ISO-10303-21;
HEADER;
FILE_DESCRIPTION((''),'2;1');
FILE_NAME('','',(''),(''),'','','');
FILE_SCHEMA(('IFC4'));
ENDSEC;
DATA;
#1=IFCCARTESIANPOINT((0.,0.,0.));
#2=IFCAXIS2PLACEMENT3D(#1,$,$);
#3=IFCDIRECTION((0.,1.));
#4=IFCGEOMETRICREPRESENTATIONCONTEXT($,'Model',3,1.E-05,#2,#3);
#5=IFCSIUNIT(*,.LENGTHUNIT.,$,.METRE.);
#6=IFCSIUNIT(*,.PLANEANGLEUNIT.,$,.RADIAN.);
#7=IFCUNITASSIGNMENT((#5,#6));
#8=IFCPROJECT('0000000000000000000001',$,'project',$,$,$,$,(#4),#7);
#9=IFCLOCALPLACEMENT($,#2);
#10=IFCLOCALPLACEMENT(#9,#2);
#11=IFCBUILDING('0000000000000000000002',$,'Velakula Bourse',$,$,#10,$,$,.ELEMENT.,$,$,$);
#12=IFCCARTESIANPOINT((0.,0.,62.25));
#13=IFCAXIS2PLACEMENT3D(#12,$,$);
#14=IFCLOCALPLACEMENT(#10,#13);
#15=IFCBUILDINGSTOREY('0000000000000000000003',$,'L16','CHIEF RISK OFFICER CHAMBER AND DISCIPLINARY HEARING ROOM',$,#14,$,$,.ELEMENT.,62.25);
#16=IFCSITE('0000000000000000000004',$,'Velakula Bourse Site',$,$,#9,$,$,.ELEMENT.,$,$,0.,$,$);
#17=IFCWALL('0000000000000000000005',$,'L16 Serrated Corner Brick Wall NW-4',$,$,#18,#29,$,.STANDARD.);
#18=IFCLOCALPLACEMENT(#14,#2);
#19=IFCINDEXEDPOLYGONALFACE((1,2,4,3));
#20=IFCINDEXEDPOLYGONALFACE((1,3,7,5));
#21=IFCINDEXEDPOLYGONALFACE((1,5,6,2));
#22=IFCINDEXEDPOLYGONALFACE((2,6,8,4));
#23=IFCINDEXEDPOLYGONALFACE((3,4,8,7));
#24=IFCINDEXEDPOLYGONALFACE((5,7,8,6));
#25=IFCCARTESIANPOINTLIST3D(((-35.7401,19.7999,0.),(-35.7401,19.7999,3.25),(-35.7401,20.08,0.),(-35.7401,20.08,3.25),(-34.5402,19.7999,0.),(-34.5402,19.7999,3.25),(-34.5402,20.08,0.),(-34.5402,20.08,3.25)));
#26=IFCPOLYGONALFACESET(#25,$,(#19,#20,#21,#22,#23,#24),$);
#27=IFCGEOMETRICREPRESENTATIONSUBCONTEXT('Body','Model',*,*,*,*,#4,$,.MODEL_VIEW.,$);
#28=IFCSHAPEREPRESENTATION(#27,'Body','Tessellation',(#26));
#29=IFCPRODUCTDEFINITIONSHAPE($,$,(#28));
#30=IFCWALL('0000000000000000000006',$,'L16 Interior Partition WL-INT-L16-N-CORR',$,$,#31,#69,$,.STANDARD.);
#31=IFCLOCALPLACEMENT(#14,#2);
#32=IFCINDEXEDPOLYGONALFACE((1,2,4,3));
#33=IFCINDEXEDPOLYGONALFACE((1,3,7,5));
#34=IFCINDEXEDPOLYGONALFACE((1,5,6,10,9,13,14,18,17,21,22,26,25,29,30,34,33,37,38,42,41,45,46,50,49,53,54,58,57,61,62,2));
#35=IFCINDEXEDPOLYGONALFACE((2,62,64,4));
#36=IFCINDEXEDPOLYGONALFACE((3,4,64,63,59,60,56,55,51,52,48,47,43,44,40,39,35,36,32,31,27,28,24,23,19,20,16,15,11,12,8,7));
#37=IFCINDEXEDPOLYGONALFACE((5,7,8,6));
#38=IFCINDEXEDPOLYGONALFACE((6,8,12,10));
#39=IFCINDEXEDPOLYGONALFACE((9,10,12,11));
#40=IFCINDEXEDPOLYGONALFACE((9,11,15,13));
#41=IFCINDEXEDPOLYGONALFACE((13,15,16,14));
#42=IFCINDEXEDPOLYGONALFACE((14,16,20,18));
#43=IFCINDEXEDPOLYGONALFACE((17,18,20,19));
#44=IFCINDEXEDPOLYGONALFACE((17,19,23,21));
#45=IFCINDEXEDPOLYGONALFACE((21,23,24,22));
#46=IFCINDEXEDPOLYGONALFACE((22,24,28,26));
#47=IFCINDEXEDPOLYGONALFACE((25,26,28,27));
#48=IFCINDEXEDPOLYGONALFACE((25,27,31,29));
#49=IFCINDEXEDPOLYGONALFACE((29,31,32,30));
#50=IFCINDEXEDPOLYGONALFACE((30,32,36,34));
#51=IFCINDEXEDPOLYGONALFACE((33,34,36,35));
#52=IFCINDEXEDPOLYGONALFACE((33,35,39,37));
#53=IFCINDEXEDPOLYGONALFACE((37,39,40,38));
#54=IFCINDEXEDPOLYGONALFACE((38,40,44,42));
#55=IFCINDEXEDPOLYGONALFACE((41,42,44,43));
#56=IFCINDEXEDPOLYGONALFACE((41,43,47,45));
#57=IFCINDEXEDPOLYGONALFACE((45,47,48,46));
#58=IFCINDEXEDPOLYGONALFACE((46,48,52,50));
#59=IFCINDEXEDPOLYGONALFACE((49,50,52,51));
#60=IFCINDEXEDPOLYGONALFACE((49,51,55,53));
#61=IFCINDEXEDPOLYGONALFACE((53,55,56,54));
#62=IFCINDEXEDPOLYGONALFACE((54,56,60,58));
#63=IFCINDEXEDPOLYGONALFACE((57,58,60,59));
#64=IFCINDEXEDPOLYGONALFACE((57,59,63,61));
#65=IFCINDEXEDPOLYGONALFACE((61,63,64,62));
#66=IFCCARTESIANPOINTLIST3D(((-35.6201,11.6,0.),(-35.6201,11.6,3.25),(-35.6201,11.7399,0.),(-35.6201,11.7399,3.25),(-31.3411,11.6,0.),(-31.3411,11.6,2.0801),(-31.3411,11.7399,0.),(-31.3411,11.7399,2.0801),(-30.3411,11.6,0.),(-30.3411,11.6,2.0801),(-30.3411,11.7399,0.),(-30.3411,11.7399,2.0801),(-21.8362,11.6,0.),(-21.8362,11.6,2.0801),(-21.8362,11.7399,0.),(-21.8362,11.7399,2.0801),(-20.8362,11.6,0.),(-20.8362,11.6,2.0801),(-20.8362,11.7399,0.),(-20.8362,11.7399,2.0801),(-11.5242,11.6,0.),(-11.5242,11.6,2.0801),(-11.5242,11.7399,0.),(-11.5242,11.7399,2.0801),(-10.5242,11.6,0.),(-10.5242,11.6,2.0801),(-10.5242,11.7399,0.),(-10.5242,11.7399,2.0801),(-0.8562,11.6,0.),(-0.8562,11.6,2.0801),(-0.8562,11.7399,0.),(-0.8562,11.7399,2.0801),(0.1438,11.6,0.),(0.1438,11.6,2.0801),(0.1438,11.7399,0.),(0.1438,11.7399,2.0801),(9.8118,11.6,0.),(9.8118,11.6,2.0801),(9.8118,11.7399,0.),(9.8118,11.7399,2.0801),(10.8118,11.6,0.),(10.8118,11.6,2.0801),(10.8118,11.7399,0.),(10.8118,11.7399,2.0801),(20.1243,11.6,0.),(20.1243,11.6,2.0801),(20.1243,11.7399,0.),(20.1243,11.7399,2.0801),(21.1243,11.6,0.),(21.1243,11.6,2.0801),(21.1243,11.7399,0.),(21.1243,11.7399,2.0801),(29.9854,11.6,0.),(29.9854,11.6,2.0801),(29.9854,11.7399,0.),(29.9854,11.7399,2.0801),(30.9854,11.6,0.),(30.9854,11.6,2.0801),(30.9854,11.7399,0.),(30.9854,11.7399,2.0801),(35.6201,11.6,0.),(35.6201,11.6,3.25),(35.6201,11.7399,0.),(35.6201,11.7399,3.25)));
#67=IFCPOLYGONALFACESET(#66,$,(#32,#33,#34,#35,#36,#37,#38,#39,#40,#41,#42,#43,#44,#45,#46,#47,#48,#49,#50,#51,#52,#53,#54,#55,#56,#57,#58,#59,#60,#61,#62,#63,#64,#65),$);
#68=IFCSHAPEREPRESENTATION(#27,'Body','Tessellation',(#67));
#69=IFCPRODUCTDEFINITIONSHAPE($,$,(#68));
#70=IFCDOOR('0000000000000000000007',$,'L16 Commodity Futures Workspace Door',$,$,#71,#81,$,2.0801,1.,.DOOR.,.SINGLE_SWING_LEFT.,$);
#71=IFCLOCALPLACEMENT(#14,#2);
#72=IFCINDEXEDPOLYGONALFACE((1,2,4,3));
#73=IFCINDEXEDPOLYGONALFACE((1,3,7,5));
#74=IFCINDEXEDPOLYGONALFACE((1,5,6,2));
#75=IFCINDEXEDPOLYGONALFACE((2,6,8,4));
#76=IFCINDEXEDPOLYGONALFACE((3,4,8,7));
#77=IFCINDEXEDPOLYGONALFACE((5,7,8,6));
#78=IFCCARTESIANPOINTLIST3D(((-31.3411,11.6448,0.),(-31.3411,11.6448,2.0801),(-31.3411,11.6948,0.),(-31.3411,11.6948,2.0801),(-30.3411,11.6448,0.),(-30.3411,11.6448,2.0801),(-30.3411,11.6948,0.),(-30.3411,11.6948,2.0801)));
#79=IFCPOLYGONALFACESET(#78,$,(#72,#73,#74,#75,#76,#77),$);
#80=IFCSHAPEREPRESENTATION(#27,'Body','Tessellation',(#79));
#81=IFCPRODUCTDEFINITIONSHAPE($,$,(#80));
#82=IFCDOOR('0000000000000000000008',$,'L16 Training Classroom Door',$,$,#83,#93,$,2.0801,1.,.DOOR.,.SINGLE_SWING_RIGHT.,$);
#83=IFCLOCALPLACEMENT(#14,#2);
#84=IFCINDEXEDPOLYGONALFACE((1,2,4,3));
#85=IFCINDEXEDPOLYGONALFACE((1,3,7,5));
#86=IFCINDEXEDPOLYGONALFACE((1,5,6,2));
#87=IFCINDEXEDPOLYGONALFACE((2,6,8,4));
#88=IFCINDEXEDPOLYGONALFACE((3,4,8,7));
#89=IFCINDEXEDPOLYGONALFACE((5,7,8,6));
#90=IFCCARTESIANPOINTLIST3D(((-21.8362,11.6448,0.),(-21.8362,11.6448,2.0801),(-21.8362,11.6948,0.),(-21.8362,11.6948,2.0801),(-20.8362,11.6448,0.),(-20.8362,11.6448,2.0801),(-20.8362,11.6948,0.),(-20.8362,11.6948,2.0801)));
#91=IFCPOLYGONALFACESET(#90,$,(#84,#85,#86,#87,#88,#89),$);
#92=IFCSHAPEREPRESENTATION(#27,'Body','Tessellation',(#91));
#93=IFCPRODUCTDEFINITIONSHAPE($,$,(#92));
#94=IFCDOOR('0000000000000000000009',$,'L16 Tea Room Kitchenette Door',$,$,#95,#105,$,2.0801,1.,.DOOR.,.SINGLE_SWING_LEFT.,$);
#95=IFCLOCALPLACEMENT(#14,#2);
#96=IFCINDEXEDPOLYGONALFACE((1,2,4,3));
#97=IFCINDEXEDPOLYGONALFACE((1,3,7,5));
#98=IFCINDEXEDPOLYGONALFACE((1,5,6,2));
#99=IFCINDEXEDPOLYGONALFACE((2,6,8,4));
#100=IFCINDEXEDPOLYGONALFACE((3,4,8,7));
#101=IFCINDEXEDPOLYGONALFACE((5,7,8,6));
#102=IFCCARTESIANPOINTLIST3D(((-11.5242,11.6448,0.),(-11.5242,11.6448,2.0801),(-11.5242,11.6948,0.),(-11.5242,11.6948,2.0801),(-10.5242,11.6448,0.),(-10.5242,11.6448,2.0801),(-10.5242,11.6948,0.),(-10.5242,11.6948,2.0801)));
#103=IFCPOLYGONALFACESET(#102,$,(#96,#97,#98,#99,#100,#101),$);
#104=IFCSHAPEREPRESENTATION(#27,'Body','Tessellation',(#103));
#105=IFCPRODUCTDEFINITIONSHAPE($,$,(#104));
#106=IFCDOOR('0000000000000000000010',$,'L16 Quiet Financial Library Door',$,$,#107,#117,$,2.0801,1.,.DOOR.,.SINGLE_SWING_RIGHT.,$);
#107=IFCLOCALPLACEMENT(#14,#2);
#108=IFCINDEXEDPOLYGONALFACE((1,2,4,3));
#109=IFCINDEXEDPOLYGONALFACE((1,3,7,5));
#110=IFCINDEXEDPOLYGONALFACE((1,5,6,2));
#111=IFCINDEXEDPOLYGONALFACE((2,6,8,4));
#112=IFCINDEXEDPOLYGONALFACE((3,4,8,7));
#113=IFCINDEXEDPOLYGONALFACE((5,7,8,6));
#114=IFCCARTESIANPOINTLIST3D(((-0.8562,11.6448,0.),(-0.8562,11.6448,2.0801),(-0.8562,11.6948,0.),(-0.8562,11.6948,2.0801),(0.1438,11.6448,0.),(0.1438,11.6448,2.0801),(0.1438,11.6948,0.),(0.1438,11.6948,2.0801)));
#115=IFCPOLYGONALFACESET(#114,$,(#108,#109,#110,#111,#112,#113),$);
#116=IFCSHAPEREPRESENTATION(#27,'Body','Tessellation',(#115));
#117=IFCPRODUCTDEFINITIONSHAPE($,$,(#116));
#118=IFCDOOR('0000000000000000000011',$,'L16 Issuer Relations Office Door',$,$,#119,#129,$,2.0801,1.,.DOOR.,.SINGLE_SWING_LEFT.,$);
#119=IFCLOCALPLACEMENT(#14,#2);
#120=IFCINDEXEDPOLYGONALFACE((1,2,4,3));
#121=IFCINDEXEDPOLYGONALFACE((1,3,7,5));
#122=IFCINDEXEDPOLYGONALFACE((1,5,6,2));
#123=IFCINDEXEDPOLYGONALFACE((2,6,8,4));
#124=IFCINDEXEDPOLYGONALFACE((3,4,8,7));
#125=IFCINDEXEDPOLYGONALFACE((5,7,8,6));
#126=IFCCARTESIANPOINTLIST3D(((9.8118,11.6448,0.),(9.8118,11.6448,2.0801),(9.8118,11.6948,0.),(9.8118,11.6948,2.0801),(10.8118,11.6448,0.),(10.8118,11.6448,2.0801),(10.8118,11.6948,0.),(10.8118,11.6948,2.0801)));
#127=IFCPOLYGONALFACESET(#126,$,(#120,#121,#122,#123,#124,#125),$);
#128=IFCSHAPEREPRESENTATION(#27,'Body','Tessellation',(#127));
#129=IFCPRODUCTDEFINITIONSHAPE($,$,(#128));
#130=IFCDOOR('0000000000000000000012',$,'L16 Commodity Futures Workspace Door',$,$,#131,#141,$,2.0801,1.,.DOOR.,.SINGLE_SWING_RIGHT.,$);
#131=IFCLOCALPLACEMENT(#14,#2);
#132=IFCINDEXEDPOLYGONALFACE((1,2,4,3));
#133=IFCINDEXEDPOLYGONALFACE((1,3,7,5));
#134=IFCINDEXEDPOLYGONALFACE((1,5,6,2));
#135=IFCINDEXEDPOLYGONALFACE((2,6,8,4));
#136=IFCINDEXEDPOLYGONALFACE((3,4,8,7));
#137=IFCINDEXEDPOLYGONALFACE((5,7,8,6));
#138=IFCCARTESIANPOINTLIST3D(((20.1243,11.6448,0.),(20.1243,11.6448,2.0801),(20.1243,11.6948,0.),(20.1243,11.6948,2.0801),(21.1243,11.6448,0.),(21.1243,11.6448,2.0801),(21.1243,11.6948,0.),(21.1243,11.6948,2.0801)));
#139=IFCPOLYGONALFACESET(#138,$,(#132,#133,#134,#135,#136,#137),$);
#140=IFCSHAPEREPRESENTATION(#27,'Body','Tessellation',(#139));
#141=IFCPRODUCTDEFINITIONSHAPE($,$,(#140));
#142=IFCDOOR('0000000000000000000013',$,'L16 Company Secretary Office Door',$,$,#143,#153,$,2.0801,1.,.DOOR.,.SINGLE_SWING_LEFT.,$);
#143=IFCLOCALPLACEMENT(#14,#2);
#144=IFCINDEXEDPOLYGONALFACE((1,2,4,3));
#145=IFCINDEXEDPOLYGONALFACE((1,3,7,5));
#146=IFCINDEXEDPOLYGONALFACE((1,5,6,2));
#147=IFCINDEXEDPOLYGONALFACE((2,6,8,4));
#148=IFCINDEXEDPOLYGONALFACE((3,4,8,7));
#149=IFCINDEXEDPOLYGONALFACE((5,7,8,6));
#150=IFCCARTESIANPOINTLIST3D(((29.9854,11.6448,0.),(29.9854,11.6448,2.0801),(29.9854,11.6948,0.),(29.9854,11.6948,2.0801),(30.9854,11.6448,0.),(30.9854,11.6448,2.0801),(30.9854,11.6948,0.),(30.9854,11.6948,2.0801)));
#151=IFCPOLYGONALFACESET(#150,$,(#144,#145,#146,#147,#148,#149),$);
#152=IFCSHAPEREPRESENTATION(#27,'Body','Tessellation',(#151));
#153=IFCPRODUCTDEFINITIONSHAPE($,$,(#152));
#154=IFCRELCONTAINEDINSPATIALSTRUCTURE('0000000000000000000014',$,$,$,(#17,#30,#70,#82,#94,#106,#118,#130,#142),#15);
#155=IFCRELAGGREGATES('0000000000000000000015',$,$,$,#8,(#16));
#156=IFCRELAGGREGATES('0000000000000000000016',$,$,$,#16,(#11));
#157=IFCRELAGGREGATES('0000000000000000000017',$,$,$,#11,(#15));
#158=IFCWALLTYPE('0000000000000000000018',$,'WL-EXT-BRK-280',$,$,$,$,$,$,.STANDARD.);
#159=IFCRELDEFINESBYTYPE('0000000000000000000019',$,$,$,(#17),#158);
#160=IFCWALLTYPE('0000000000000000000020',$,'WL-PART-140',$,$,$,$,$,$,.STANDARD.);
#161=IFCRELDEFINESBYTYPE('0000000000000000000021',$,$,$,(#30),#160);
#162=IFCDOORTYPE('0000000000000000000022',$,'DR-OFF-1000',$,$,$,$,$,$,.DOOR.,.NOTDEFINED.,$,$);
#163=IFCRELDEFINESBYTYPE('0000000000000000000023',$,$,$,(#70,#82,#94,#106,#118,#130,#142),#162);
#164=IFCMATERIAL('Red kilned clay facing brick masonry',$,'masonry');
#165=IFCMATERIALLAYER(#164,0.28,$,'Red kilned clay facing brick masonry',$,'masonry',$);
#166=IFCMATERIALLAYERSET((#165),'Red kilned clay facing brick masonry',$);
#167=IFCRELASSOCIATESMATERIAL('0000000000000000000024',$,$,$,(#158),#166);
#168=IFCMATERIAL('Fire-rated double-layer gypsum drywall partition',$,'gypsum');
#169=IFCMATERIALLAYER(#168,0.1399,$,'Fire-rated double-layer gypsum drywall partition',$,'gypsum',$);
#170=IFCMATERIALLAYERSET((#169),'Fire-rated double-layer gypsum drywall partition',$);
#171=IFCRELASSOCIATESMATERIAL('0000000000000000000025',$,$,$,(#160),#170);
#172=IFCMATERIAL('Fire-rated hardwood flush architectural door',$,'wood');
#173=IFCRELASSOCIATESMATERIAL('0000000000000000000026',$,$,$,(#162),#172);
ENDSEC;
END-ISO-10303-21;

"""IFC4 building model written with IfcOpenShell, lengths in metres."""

from ifc_helpers import new_model, si_unit, direction, frame, frame_2d, origin, place, context, subcontext, project, spatial, rectangle, extrude, material, layer, layer_set, type_object, element, fill, save


model = new_model("IFC4")

# Units and contexts
model_context = context("Model", 3, precision=1e-05, world=origin(), true_north=direction((0.0, 1.0)))
body_context = subcontext(model_context, "Body", "Model", "MODEL_VIEW")
ifc_project = project(units=[si_unit("LENGTHUNIT", "METRE"), si_unit("PLANEANGLEUNIT", "RADIAN")], contexts=[model_context])

# Site, building, storey
site_placement = place(None, origin())
site = spatial("IfcSite", under=ifc_project, at=site_placement, Name="Velakula Bourse Site", CompositionType="ELEMENT", RefElevation=0.0)
building_placement = place(site_placement, origin())
building = spatial("IfcBuilding", under=site, at=building_placement, Name="Velakula Bourse", CompositionType="ELEMENT")
storey_placement = place(building_placement, frame((0.0, 0.0, 62.25)))
storey = spatial("IfcBuildingStorey", under=building, at=storey_placement, Name="L16", Description="CHIEF RISK OFFICER CHAMBER AND DISCIPLINARY HEARING ROOM", CompositionType="ELEMENT", Elevation=62.25)

# Shared definitions
ifc_material_1 = material(Name="Red kilned clay facing brick masonry", Category="masonry")
ifc_layer_1 = layer(ifc_material_1, 0.28, Name="Red kilned clay facing brick masonry", Category="masonry")
ifc_layer_set_1 = layer_set([ifc_layer_1], Name="Red kilned clay facing brick masonry")
wall_type_1 = type_object("IfcWallType", Name="WL-EXT-BRK-280", PredefinedType="STANDARD", material=ifc_layer_set_1)

# Wall
for number, where, z_axis, x_axis, name in (
    (1, (-34.54, 19.9399, 0.0), (0.0, 0.0, 1.0), (-1.0, 0.0, 0.0), "L16 Serrated Corner Brick Wall NW-4"),
):
    element("IfcWall", number, at=place(storey_placement, frame(where, z_axis=z_axis, x_axis=x_axis)), inside=storey, type_object=wall_type_1, Name=name, PredefinedType="STANDARD", context=body_context, shape_type="SweptSolid", body=[
        extrude(rectangle(XDim=1.2, YDim=0.28, at=frame_2d((0.6001, 0.0))), origin(), (0.0, 0.0, 1.0), 3.25),
    ])

# Wall, openings, doors
ifc_material_2 = material(Name="Fire-rated double-layer gypsum drywall partition", Category="gypsum")
ifc_layer_2 = layer(ifc_material_2, 0.1399, Name="Fire-rated double-layer gypsum drywall partition", Category="gypsum")
ifc_layer_set_2 = layer_set([ifc_layer_2], Name="Fire-rated double-layer gypsum drywall partition")
wall_type_2 = type_object("IfcWallType", Name="WL-PART-140", PredefinedType="STANDARD", material=ifc_layer_set_2)
wall_1_placement = place(storey_placement, frame((-35.6201, 11.6699, 0.0), z_axis=(0.0, 0.0, 1.0), x_axis=(1.0, 0.0, 0.0)))
wall_1 = element("IfcWall", 2, at=wall_1_placement, inside=storey, type_object=wall_type_2, Name="L16 Interior Partition WL-INT-L16-N-CORR", PredefinedType="STANDARD", context=body_context, shape_type="SweptSolid", body=[
    extrude(rectangle(XDim=71.2402, YDim=0.1399, at=frame_2d((35.6201, 0.0))), origin(), (0.0, 0.0, 1.0), 3.25),
])
opening_1_placement = place(wall_1_placement, frame((4.2791, 0.0, 0.0)))
opening_1 = element("IfcOpeningElement", 3, at=opening_1_placement, cuts=wall_1, PredefinedType="OPENING", context=body_context, shape_type="SweptSolid", body=[
    extrude(rectangle(XDim=1.0, YDim=2.0801, at=frame_2d((0.5, 1.04))), frame((0.0, 0.0798, 0.0), z_axis=(0.0, -1.0, 0.0), x_axis=(1.0, 0.0, 0.0)), (0.0, 0.0, 1.0), 0.1599),
])
opening_2_placement = place(wall_1_placement, frame((13.7839, 0.0, 0.0)))
opening_2 = element("IfcOpeningElement", 4, at=opening_2_placement, cuts=wall_1, PredefinedType="OPENING", context=body_context, shape_type="SweptSolid", body=[
    extrude(rectangle(XDim=1.0, YDim=2.0801, at=frame_2d((0.5, 1.04))), frame((0.0, 0.0798, 0.0), z_axis=(0.0, -1.0, 0.0), x_axis=(1.0, 0.0, 0.0)), (0.0, 0.0, 1.0), 0.1599),
])
opening_3_placement = place(wall_1_placement, frame((24.0959, 0.0, 0.0)))
opening_3 = element("IfcOpeningElement", 5, at=opening_3_placement, cuts=wall_1, PredefinedType="OPENING", context=body_context, shape_type="SweptSolid", body=[
    extrude(rectangle(XDim=1.0, YDim=2.0801, at=frame_2d((0.5, 1.04))), frame((0.0, 0.0798, 0.0), z_axis=(0.0, -1.0, 0.0), x_axis=(1.0, 0.0, 0.0)), (0.0, 0.0, 1.0), 0.1599),
])
opening_4_placement = place(wall_1_placement, frame((34.7639, 0.0, 0.0)))
opening_4 = element("IfcOpeningElement", 6, at=opening_4_placement, cuts=wall_1, PredefinedType="OPENING", context=body_context, shape_type="SweptSolid", body=[
    extrude(rectangle(XDim=1.0, YDim=2.0801, at=frame_2d((0.5, 1.04))), frame((0.0, 0.0798, 0.0), z_axis=(0.0, -1.0, 0.0), x_axis=(1.0, 0.0, 0.0)), (0.0, 0.0, 1.0), 0.1599),
])
opening_5_placement = place(wall_1_placement, frame((45.4319, 0.0, 0.0)))
opening_5 = element("IfcOpeningElement", 7, at=opening_5_placement, cuts=wall_1, PredefinedType="OPENING", context=body_context, shape_type="SweptSolid", body=[
    extrude(rectangle(XDim=1.0, YDim=2.0801, at=frame_2d((0.5, 1.04))), frame((0.0, 0.0798, 0.0), z_axis=(0.0, -1.0, 0.0), x_axis=(1.0, 0.0, 0.0)), (0.0, 0.0, 1.0), 0.1599),
])
opening_6_placement = place(wall_1_placement, frame((55.7444, 0.0, 0.0)))
opening_6 = element("IfcOpeningElement", 8, at=opening_6_placement, cuts=wall_1, PredefinedType="OPENING", context=body_context, shape_type="SweptSolid", body=[
    extrude(rectangle(XDim=1.0, YDim=2.0801, at=frame_2d((0.5, 1.04))), frame((0.0, 0.0798, 0.0), z_axis=(0.0, -1.0, 0.0), x_axis=(1.0, 0.0, 0.0)), (0.0, 0.0, 1.0), 0.1599),
])
opening_7_placement = place(wall_1_placement, frame((65.6055, 0.0, 0.0)))
opening_7 = element("IfcOpeningElement", 9, at=opening_7_placement, cuts=wall_1, PredefinedType="OPENING", context=body_context, shape_type="SweptSolid", body=[
    extrude(rectangle(XDim=1.0, YDim=2.0801, at=frame_2d((0.5, 1.04))), frame((0.0, 0.0798, 0.0), z_axis=(0.0, -1.0, 0.0), x_axis=(1.0, 0.0, 0.0)), (0.0, 0.0, 1.0), 0.1599),
])
ifc_material_3 = material(Name="Fire-rated hardwood flush architectural door", Category="wood")
door_type = type_object("IfcDoorType", Name="DR-OFF-1000", OperationType="NOTDEFINED", PredefinedType="DOOR", material=ifc_material_3)
door_1_placement = place(opening_1_placement, origin())
door_1 = element("IfcDoor", 10, at=door_1_placement, inside=storey, type_object=door_type, Name="L16 Commodity Futures Workspace Door", OperationType="SINGLE_SWING_LEFT", OverallHeight=2.0801, OverallWidth=1.0, PredefinedType="DOOR", context=body_context, shape_type="SweptSolid", body=[
    extrude(rectangle(XDim=1.0, YDim=2.0801, at=frame_2d((0.5, 1.04))), frame((0.0, 0.0249, 0.0), z_axis=(0.0, -1.0, 0.0), x_axis=(1.0, 0.0, 0.0)), (0.0, 0.0, 1.0), 0.05),
])
fill(opening_1, door_1)
door_2_placement = place(opening_2_placement, origin())
door_2 = element("IfcDoor", 11, at=door_2_placement, inside=storey, type_object=door_type, Name="L16 Training Classroom Door", OperationType="SINGLE_SWING_RIGHT", OverallHeight=2.0801, OverallWidth=1.0, PredefinedType="DOOR", context=body_context, shape_type="SweptSolid", body=[
    extrude(rectangle(XDim=1.0, YDim=2.0801, at=frame_2d((0.5, 1.04))), frame((0.0, 0.0249, 0.0), z_axis=(0.0, -1.0, 0.0), x_axis=(1.0, 0.0, 0.0)), (0.0, 0.0, 1.0), 0.05),
])
fill(opening_2, door_2)
door_3_placement = place(opening_3_placement, origin())
door_3 = element("IfcDoor", 12, at=door_3_placement, inside=storey, type_object=door_type, Name="L16 Tea Room Kitchenette Door", OperationType="SINGLE_SWING_LEFT", OverallHeight=2.0801, OverallWidth=1.0, PredefinedType="DOOR", context=body_context, shape_type="SweptSolid", body=[
    extrude(rectangle(XDim=1.0, YDim=2.0801, at=frame_2d((0.5, 1.04))), frame((0.0, 0.0249, 0.0), z_axis=(0.0, -1.0, 0.0), x_axis=(1.0, 0.0, 0.0)), (0.0, 0.0, 1.0), 0.05),
])
fill(opening_3, door_3)
door_4_placement = place(opening_4_placement, origin())
door_4 = element("IfcDoor", 13, at=door_4_placement, inside=storey, type_object=door_type, Name="L16 Quiet Financial Library Door", OperationType="SINGLE_SWING_RIGHT", OverallHeight=2.0801, OverallWidth=1.0, PredefinedType="DOOR", context=body_context, shape_type="SweptSolid", body=[
    extrude(rectangle(XDim=1.0, YDim=2.0801, at=frame_2d((0.5, 1.04))), frame((0.0, 0.0249, 0.0), z_axis=(0.0, -1.0, 0.0), x_axis=(1.0, 0.0, 0.0)), (0.0, 0.0, 1.0), 0.05),
])
fill(opening_4, door_4)
door_5_placement = place(opening_5_placement, origin())
door_5 = element("IfcDoor", 14, at=door_5_placement, inside=storey, type_object=door_type, Name="L16 Issuer Relations Office Door", OperationType="SINGLE_SWING_LEFT", OverallHeight=2.0801, OverallWidth=1.0, PredefinedType="DOOR", context=body_context, shape_type="SweptSolid", body=[
    extrude(rectangle(XDim=1.0, YDim=2.0801, at=frame_2d((0.5, 1.04))), frame((0.0, 0.0249, 0.0), z_axis=(0.0, -1.0, 0.0), x_axis=(1.0, 0.0, 0.0)), (0.0, 0.0, 1.0), 0.05),
])
fill(opening_5, door_5)
door_6_placement = place(opening_6_placement, origin())
door_6 = element("IfcDoor", 15, at=door_6_placement, inside=storey, type_object=door_type, Name="L16 Commodity Futures Workspace Door", OperationType="SINGLE_SWING_RIGHT", OverallHeight=2.0801, OverallWidth=1.0, PredefinedType="DOOR", context=body_context, shape_type="SweptSolid", body=[
    extrude(rectangle(XDim=1.0, YDim=2.0801, at=frame_2d((0.5, 1.04))), frame((0.0, 0.0249, 0.0), z_axis=(0.0, -1.0, 0.0), x_axis=(1.0, 0.0, 0.0)), (0.0, 0.0, 1.0), 0.05),
])
fill(opening_6, door_6)
door_7_placement = place(opening_7_placement, origin())
door_7 = element("IfcDoor", 16, at=door_7_placement, inside=storey, type_object=door_type, Name="L16 Company Secretary Office Door", OperationType="SINGLE_SWING_LEFT", OverallHeight=2.0801, OverallWidth=1.0, PredefinedType="DOOR", context=body_context, shape_type="SweptSolid", body=[
    extrude(rectangle(XDim=1.0, YDim=2.0801, at=frame_2d((0.5, 1.04))), frame((0.0, 0.0249, 0.0), z_axis=(0.0, -1.0, 0.0), x_axis=(1.0, 0.0, 0.0)), (0.0, 0.0, 1.0), 0.05),
])
fill(opening_7, door_7)

save(model, "model.ifc")
